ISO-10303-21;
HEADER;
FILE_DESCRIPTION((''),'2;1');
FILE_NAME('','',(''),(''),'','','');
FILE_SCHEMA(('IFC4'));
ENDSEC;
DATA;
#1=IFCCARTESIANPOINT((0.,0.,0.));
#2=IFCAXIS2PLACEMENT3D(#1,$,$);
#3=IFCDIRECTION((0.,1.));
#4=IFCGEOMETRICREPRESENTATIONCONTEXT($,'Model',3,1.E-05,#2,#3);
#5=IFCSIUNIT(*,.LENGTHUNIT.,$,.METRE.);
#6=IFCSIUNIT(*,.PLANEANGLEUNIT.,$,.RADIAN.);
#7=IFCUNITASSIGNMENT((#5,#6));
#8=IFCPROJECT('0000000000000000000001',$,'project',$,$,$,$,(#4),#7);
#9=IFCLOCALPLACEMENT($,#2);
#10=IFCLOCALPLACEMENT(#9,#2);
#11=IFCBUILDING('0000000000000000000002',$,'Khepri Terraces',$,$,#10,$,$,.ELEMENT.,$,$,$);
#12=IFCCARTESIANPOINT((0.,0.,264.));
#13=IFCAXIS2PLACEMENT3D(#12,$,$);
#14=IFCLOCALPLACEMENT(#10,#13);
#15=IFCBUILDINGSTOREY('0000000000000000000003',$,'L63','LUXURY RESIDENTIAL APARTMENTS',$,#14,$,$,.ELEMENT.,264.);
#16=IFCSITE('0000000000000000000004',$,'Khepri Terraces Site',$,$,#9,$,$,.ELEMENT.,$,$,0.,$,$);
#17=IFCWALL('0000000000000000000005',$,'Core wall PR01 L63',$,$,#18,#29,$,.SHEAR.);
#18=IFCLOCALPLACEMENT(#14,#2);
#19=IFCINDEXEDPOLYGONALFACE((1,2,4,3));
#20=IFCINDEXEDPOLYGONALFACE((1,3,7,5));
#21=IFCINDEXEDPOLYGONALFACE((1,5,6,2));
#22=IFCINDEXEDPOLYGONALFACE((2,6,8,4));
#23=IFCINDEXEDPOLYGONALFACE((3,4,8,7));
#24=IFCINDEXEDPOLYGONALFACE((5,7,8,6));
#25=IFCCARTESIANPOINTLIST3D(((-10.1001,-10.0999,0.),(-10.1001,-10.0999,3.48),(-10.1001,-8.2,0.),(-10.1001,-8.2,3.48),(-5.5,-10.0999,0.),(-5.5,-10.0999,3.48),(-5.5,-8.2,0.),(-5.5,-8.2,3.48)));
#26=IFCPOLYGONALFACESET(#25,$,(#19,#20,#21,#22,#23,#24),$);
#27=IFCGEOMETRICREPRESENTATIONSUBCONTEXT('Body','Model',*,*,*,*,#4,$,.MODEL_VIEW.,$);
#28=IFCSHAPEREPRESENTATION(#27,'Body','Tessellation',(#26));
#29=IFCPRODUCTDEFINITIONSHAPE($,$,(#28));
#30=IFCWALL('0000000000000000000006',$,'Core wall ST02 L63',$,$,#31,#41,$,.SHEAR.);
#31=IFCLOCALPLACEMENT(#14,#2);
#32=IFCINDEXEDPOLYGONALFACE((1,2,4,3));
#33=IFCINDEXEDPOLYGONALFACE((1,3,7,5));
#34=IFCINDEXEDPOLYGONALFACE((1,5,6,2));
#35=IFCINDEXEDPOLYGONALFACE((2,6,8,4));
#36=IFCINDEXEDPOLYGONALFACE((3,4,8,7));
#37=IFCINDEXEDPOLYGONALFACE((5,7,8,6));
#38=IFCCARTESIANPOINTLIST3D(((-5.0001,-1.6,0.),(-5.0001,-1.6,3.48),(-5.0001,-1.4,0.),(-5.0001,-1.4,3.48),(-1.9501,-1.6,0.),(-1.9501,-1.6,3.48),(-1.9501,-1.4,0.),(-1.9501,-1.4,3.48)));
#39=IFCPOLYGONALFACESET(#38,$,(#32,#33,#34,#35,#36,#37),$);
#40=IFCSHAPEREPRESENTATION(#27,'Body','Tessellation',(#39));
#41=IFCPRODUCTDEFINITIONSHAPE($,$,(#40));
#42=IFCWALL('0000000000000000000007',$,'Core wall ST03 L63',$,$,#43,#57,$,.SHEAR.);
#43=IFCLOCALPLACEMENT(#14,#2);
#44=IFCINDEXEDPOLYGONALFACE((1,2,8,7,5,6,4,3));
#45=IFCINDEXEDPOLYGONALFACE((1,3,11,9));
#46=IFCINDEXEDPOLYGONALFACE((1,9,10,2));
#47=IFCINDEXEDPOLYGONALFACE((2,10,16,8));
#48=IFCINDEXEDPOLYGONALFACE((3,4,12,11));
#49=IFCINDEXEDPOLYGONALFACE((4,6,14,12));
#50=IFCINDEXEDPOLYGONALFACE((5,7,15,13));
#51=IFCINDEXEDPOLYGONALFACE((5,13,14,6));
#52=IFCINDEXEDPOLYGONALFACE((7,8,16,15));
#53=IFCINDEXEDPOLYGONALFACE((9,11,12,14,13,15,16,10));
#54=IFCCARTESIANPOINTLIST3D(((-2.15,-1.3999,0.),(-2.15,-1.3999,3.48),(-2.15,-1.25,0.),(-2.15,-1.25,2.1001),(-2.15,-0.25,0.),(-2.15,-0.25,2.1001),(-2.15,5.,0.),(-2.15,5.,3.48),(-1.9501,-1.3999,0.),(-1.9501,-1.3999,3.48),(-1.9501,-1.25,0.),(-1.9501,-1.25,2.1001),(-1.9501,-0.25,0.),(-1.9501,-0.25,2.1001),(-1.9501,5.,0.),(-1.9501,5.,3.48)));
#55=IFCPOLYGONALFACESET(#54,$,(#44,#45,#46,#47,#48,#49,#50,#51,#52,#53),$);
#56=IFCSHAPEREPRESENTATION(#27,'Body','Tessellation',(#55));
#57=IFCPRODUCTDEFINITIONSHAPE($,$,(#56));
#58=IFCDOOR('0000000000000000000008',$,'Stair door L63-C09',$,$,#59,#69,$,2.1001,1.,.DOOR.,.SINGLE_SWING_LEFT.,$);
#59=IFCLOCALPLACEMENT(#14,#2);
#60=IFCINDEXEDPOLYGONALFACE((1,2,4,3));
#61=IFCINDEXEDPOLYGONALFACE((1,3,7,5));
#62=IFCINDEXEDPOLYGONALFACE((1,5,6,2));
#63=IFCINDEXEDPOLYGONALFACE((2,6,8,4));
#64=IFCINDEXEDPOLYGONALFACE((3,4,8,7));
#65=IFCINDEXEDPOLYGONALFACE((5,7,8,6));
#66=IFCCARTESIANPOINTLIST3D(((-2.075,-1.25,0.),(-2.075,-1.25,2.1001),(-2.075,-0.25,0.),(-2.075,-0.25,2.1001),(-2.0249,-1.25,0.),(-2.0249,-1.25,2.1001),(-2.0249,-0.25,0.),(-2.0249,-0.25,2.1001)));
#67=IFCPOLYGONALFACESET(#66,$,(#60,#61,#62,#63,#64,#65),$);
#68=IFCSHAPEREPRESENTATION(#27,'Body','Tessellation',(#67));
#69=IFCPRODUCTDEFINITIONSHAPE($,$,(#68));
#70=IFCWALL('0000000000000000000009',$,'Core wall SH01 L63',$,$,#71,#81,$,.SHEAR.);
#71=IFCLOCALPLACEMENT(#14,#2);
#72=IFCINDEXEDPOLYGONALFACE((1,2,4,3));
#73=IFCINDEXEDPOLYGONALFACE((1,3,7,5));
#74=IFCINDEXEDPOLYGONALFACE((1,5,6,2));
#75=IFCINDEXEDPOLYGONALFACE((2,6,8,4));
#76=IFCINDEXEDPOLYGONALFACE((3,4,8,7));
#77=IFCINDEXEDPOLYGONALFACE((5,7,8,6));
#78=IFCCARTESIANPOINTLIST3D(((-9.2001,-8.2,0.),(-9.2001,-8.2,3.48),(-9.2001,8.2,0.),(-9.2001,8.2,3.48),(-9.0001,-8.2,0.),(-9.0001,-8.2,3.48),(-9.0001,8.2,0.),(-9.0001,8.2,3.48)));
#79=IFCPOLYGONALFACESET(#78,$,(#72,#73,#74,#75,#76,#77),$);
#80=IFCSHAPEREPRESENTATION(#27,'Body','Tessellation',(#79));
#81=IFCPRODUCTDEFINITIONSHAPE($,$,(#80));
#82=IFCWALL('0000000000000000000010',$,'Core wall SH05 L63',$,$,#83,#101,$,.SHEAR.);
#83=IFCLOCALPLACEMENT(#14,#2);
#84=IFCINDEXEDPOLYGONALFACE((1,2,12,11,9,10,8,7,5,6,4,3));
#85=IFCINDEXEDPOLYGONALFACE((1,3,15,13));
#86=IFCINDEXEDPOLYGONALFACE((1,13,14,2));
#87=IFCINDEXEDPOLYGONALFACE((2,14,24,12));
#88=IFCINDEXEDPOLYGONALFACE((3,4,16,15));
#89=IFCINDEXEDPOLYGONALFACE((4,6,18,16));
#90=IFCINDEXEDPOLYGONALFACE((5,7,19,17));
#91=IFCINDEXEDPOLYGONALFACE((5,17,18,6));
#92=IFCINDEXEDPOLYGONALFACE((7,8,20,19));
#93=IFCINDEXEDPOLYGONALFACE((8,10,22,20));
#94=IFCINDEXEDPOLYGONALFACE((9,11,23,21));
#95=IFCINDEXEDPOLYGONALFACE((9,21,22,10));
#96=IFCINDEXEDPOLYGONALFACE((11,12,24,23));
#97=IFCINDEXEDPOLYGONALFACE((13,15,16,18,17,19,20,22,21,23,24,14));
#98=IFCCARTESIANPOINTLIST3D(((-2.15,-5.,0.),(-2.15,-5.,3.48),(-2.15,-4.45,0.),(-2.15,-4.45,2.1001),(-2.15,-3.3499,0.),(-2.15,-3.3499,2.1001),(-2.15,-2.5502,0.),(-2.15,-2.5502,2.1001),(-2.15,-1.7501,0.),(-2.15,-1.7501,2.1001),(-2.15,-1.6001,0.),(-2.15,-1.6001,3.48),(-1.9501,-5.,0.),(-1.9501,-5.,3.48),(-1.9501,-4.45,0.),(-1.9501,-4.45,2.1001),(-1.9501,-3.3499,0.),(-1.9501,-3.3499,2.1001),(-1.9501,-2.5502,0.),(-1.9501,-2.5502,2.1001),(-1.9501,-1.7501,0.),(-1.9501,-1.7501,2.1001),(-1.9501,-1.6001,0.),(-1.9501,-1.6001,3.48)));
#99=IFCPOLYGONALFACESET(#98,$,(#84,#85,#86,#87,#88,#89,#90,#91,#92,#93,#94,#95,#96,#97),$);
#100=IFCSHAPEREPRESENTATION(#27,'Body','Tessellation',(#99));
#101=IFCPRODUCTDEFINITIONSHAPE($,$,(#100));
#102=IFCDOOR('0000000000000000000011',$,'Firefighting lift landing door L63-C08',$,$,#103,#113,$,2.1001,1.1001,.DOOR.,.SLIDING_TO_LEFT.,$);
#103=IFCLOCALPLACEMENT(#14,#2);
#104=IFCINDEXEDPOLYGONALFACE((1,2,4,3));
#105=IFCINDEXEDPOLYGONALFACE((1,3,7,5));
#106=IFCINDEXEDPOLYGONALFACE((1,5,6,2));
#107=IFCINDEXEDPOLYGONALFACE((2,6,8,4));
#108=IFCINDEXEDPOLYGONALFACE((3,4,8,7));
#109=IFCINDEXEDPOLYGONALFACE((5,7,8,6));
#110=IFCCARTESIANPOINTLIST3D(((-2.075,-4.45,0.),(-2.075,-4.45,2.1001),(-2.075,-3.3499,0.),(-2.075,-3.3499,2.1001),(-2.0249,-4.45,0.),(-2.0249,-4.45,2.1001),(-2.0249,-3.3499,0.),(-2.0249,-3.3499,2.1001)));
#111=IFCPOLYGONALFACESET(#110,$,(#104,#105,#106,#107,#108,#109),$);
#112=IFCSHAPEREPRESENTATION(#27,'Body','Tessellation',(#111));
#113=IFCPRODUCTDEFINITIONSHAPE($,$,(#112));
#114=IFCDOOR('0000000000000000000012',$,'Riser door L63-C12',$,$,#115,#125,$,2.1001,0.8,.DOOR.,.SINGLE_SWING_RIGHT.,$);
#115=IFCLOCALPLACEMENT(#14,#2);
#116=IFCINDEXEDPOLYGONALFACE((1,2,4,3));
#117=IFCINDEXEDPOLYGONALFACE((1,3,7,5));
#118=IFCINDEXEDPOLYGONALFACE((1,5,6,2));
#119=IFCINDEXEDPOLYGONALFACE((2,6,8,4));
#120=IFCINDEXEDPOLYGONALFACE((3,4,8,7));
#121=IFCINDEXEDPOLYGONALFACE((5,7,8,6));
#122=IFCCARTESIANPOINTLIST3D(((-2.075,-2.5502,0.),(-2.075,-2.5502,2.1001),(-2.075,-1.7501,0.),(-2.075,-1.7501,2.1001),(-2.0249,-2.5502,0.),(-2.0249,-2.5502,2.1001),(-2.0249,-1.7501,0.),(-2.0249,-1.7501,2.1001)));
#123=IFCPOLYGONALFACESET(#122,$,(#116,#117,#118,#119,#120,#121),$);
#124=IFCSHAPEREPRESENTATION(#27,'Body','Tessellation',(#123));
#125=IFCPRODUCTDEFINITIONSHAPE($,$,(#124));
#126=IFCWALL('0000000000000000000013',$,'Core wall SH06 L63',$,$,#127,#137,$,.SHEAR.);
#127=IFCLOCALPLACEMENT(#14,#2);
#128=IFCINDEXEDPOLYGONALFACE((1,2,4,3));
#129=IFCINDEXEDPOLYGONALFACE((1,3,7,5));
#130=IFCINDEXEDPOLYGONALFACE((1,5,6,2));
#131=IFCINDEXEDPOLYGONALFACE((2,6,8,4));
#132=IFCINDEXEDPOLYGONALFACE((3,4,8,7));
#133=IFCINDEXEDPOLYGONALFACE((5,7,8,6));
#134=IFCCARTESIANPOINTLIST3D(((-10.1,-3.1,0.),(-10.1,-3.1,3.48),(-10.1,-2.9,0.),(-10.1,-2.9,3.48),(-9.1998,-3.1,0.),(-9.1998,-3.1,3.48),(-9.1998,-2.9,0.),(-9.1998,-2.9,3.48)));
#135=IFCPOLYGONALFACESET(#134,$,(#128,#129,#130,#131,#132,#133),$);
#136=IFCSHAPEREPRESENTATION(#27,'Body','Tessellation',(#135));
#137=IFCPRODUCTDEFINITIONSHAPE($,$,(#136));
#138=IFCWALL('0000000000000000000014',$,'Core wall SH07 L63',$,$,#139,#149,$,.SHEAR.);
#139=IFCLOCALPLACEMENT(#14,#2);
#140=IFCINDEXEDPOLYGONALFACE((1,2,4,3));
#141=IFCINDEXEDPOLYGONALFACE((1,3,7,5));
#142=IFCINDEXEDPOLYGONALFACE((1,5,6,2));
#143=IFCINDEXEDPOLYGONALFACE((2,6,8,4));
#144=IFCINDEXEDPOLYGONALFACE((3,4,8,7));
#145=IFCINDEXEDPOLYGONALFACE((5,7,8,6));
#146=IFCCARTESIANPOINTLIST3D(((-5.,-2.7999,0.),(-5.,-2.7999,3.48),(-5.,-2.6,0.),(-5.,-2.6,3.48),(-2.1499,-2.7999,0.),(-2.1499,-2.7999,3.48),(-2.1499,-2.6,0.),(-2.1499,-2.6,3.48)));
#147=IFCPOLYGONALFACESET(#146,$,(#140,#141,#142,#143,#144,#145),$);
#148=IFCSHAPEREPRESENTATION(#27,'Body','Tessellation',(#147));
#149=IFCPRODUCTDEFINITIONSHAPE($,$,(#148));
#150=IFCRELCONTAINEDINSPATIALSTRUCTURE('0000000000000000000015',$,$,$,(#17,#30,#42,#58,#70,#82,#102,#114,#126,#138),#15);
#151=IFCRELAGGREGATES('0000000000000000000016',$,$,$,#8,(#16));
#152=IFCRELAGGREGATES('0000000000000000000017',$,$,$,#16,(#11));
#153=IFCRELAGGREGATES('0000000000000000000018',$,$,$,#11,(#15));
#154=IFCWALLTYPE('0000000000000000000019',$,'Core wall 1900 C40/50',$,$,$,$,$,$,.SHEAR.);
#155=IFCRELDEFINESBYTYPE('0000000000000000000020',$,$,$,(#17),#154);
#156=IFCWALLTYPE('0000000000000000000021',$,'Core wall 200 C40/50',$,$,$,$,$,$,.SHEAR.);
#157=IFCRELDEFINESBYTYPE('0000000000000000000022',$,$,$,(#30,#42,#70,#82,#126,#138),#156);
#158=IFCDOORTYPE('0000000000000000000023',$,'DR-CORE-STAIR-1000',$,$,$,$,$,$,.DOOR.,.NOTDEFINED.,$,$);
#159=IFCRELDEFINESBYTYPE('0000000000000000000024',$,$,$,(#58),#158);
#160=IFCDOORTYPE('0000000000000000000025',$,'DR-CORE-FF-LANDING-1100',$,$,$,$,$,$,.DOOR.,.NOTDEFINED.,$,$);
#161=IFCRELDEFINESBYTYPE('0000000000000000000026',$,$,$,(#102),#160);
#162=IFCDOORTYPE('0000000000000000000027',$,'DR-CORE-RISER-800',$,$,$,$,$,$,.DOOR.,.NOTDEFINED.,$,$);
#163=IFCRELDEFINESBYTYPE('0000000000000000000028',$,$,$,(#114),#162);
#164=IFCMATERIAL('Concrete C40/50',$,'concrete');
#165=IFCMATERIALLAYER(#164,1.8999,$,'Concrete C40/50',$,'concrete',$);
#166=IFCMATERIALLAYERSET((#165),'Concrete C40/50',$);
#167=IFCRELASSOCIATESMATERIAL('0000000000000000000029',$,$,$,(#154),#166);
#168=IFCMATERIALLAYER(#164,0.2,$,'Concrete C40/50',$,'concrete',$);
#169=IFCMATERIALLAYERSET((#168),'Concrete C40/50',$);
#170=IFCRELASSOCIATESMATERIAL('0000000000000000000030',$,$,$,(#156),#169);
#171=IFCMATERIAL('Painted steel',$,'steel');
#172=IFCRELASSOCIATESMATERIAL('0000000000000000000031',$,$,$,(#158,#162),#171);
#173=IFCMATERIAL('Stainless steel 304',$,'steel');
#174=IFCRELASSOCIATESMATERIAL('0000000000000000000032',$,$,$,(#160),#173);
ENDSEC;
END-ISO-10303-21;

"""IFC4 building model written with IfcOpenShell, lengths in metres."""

from ifc_helpers import new_model, si_unit, direction, frame, frame_2d, origin, place, context, subcontext, project, spatial, rectangle, extrude, material, layer, layer_set, type_object, element, fill, save


model = new_model("IFC4")

# Units and contexts
model_context = context("Model", 3, precision=1e-05, world=origin(), true_north=direction((0.0, 1.0)))
body_context = subcontext(model_context, "Body", "Model", "MODEL_VIEW")
ifc_project = project(units=[si_unit("LENGTHUNIT", "METRE"), si_unit("PLANEANGLEUNIT", "RADIAN")], contexts=[model_context])

# Site, building, storey
site_placement = place(None, origin())
site = spatial("IfcSite", under=ifc_project, at=site_placement, Name="Khepri Terraces Site", CompositionType="ELEMENT", RefElevation=0.0)
building_placement = place(site_placement, origin())
building = spatial("IfcBuilding", under=site, at=building_placement, Name="Khepri Terraces", CompositionType="ELEMENT")
storey_placement = place(building_placement, frame((0.0, 0.0, 264.0)))
storey = spatial("IfcBuildingStorey", under=building, at=storey_placement, Name="L63", Description="LUXURY RESIDENTIAL APARTMENTS", CompositionType="ELEMENT", Elevation=264.0)

# Walls
ifc_material_1 = material(Name="Concrete C40/50", Category="concrete")
ifc_layer_1 = layer(ifc_material_1, 1.8999, Name="Concrete C40/50", Category="concrete")
ifc_layer_set_1 = layer_set([ifc_layer_1], Name="Concrete C40/50")
wall_type_1 = type_object("IfcWallType", Name="Core wall 1900 C40/50", PredefinedType="SHEAR", material=ifc_layer_set_1)
wall_1_placement = place(storey_placement, frame((-10.1001, -9.1499, 0.0), z_axis=(0.0, 0.0, 1.0), x_axis=(1.0, 0.0, 0.0)))
element("IfcWall", 1, at=wall_1_placement, inside=storey, type_object=wall_type_1, Name="Core wall PR01 L63", PredefinedType="SHEAR", context=body_context, shape_type="SweptSolid", body=[
    extrude(rectangle(XDim=4.6001, YDim=1.8999, at=frame_2d((2.3, 0.0))), origin(), (0.0, 0.0, 1.0), 3.48),
])
ifc_layer_2 = layer(ifc_material_1, 0.2, Name="Concrete C40/50", Category="concrete")
ifc_layer_set_2 = layer_set([ifc_layer_2], Name="Concrete C40/50")
wall_type_2 = type_object("IfcWallType", Name="Core wall 200 C40/50", PredefinedType="SHEAR", material=ifc_layer_set_2)
wall_2_placement = place(storey_placement, frame((-5.0, -1.5, 0.0), z_axis=(0.0, 0.0, 1.0), x_axis=(1.0, 0.0, 0.0)))
element("IfcWall", 2, at=wall_2_placement, inside=storey, type_object=wall_type_2, Name="Core wall ST02 L63", PredefinedType="SHEAR", context=body_context, shape_type="SweptSolid", body=[
    extrude(rectangle(XDim=3.05, YDim=0.2, at=frame_2d((1.5249, 0.0))), origin(), (0.0, 0.0, 1.0), 3.48),
])

# Wall, opening, door
wall_3_placement = place(storey_placement, frame((-2.05, -1.3999, 0.0), z_axis=(0.0, 0.0, 1.0), x_axis=(0.0, 1.0, 0.0)))
wall_3 = element("IfcWall", 3, at=wall_3_placement, inside=storey, type_object=wall_type_2, Name="Core wall ST03 L63", PredefinedType="SHEAR", context=body_context, shape_type="SweptSolid", body=[
    extrude(rectangle(XDim=6.3999, YDim=0.2, at=frame_2d((3.2, 0.0))), origin(), (0.0, 0.0, 1.0), 3.48),
])
opening_1_placement = place(wall_3_placement, frame((0.1499, 0.0, 0.0)))
opening_1 = element("IfcOpeningElement", 4, at=opening_1_placement, cuts=wall_3, PredefinedType="OPENING", context=body_context, shape_type="SweptSolid", body=[
    extrude(rectangle(XDim=1.0, YDim=2.1001, at=frame_2d((0.5, 1.05))), frame((0.0, 0.1099, 0.0), z_axis=(0.0, -1.0, 0.0), x_axis=(1.0, 0.0, 0.0)), (0.0, 0.0, 1.0), 0.22),
])
ifc_material_2 = material(Name="Painted steel", Category="steel")
door_type_1 = type_object("IfcDoorType", Name="DR-CORE-STAIR-1000", OperationType="NOTDEFINED", PredefinedType="DOOR", material=ifc_material_2)
door_1_placement = place(opening_1_placement, origin())
door_1 = element("IfcDoor", 5, at=door_1_placement, inside=storey, type_object=door_type_1, Name="Stair door L63-C09", OperationType="SINGLE_SWING_LEFT", OverallHeight=2.1001, OverallWidth=1.0, PredefinedType="DOOR", context=body_context, shape_type="SweptSolid", body=[
    extrude(rectangle(XDim=1.0, YDim=2.1001, at=frame_2d((0.5, 1.05))), frame((0.0, 0.0249, 0.0), z_axis=(0.0, -1.0, 0.0), x_axis=(1.0, 0.0, 0.0)), (0.0, 0.0, 1.0), 0.05),
])
fill(opening_1, door_1)

# Wall
wall_4_placement = place(storey_placement, frame((-9.1001, -8.2, 0.0), z_axis=(0.0, 0.0, 1.0), x_axis=(0.0, 1.0, 0.0)))
element("IfcWall", 6, at=wall_4_placement, inside=storey, type_object=wall_type_2, Name="Core wall SH01 L63", PredefinedType="SHEAR", context=body_context, shape_type="SweptSolid", body=[
    extrude(rectangle(XDim=16.3999, YDim=0.2, at=frame_2d((8.2, 0.0))), origin(), (0.0, 0.0, 1.0), 3.48),
])

# Wall, openings, doors
wall_5_placement = place(storey_placement, frame((-2.05, -5.0, 0.0), z_axis=(0.0, 0.0, 1.0), x_axis=(0.0, 1.0, 0.0)))
wall_5 = element("IfcWall", 7, at=wall_5_placement, inside=storey, type_object=wall_type_2, Name="Core wall SH05 L63", PredefinedType="SHEAR", context=body_context, shape_type="SweptSolid", body=[
    extrude(rectangle(XDim=3.3999, YDim=0.2, at=frame_2d((1.7, 0.0))), origin(), (0.0, 0.0, 1.0), 3.48),
])
opening_2_placement = place(wall_5_placement, frame((0.55, 0.0, 0.0)))
opening_2 = element("IfcOpeningElement", 8, at=opening_2_placement, cuts=wall_5, PredefinedType="OPENING", context=body_context, shape_type="SweptSolid", body=[
    extrude(rectangle(XDim=1.1001, YDim=2.1001, at=frame_2d((0.55, 1.05))), frame((0.0, 0.1099, 0.0), z_axis=(0.0, -1.0, 0.0), x_axis=(1.0, 0.0, 0.0)), (0.0, 0.0, 1.0), 0.22),
])
opening_3_placement = place(wall_5_placement, frame((2.45, 0.0, 0.0)))
opening_3 = element("IfcOpeningElement", 9, at=opening_3_placement, cuts=wall_5, PredefinedType="OPENING", context=body_context, shape_type="SweptSolid", body=[
    extrude(rectangle(XDim=0.8, YDim=2.1001, at=frame_2d((0.3999, 1.05))), frame((0.0, 0.1099, 0.0), z_axis=(0.0, -1.0, 0.0), x_axis=(1.0, 0.0, 0.0)), (0.0, 0.0, 1.0), 0.22),
])
ifc_material_3 = material(Name="Stainless steel 304", Category="steel")
door_type_2 = type_object("IfcDoorType", Name="DR-CORE-FF-LANDING-1100", OperationType="NOTDEFINED", PredefinedType="DOOR", material=ifc_material_3)
door_2_placement = place(opening_2_placement, origin())
door_2 = element("IfcDoor", 10, at=door_2_placement, inside=storey, type_object=door_type_2, Name="Firefighting lift landing door L63-C08", OperationType="SLIDING_TO_LEFT", OverallHeight=2.1001, OverallWidth=1.1001, PredefinedType="DOOR", context=body_context, shape_type="SweptSolid", body=[
    extrude(rectangle(XDim=1.1001, YDim=2.1001, at=frame_2d((0.55, 1.05))), frame((0.0, 0.0249, 0.0), z_axis=(0.0, -1.0, 0.0), x_axis=(1.0, 0.0, 0.0)), (0.0, 0.0, 1.0), 0.05),
])
fill(opening_2, door_2)
door_type_3 = type_object("IfcDoorType", Name="DR-CORE-RISER-800", OperationType="NOTDEFINED", PredefinedType="DOOR", material=ifc_material_2)
door_3_placement = place(opening_3_placement, origin())
door_3 = element("IfcDoor", 11, at=door_3_placement, inside=storey, type_object=door_type_3, Name="Riser door L63-C12", OperationType="SINGLE_SWING_RIGHT", OverallHeight=2.1001, OverallWidth=0.8, PredefinedType="DOOR", context=body_context, shape_type="SweptSolid", body=[
    extrude(rectangle(XDim=0.8, YDim=2.1001, at=frame_2d((0.3999, 1.05))), frame((0.0, 0.0249, 0.0), z_axis=(0.0, -1.0, 0.0), x_axis=(1.0, 0.0, 0.0)), (0.0, 0.0, 1.0), 0.05),
])
fill(opening_3, door_3)

# Walls
wall_6_placement = place(storey_placement, frame((-10.1001, -3.0, 0.0), z_axis=(0.0, 0.0, 1.0), x_axis=(1.0, 0.0, 0.0)))
element("IfcWall", 12, at=wall_6_placement, inside=storey, type_object=wall_type_2, Name="Core wall SH06 L63", PredefinedType="SHEAR", context=body_context, shape_type="SweptSolid", body=[
    extrude(rectangle(XDim=0.9001, YDim=0.2, at=frame_2d((0.4502, 0.0))), origin(), (0.0, 0.0, 1.0), 3.48),
])
wall_7_placement = place(storey_placement, frame((-5.0, -2.7, 0.0), z_axis=(0.0, 0.0, 1.0), x_axis=(1.0, 0.0, 0.0)))
element("IfcWall", 13, at=wall_7_placement, inside=storey, type_object=wall_type_2, Name="Core wall SH07 L63", PredefinedType="SHEAR", context=body_context, shape_type="SweptSolid", body=[
    extrude(rectangle(XDim=2.8501, YDim=0.2, at=frame_2d((1.425, 0.0))), origin(), (0.0, 0.0, 1.0), 3.48),
])

save(model, "model.ifc")
